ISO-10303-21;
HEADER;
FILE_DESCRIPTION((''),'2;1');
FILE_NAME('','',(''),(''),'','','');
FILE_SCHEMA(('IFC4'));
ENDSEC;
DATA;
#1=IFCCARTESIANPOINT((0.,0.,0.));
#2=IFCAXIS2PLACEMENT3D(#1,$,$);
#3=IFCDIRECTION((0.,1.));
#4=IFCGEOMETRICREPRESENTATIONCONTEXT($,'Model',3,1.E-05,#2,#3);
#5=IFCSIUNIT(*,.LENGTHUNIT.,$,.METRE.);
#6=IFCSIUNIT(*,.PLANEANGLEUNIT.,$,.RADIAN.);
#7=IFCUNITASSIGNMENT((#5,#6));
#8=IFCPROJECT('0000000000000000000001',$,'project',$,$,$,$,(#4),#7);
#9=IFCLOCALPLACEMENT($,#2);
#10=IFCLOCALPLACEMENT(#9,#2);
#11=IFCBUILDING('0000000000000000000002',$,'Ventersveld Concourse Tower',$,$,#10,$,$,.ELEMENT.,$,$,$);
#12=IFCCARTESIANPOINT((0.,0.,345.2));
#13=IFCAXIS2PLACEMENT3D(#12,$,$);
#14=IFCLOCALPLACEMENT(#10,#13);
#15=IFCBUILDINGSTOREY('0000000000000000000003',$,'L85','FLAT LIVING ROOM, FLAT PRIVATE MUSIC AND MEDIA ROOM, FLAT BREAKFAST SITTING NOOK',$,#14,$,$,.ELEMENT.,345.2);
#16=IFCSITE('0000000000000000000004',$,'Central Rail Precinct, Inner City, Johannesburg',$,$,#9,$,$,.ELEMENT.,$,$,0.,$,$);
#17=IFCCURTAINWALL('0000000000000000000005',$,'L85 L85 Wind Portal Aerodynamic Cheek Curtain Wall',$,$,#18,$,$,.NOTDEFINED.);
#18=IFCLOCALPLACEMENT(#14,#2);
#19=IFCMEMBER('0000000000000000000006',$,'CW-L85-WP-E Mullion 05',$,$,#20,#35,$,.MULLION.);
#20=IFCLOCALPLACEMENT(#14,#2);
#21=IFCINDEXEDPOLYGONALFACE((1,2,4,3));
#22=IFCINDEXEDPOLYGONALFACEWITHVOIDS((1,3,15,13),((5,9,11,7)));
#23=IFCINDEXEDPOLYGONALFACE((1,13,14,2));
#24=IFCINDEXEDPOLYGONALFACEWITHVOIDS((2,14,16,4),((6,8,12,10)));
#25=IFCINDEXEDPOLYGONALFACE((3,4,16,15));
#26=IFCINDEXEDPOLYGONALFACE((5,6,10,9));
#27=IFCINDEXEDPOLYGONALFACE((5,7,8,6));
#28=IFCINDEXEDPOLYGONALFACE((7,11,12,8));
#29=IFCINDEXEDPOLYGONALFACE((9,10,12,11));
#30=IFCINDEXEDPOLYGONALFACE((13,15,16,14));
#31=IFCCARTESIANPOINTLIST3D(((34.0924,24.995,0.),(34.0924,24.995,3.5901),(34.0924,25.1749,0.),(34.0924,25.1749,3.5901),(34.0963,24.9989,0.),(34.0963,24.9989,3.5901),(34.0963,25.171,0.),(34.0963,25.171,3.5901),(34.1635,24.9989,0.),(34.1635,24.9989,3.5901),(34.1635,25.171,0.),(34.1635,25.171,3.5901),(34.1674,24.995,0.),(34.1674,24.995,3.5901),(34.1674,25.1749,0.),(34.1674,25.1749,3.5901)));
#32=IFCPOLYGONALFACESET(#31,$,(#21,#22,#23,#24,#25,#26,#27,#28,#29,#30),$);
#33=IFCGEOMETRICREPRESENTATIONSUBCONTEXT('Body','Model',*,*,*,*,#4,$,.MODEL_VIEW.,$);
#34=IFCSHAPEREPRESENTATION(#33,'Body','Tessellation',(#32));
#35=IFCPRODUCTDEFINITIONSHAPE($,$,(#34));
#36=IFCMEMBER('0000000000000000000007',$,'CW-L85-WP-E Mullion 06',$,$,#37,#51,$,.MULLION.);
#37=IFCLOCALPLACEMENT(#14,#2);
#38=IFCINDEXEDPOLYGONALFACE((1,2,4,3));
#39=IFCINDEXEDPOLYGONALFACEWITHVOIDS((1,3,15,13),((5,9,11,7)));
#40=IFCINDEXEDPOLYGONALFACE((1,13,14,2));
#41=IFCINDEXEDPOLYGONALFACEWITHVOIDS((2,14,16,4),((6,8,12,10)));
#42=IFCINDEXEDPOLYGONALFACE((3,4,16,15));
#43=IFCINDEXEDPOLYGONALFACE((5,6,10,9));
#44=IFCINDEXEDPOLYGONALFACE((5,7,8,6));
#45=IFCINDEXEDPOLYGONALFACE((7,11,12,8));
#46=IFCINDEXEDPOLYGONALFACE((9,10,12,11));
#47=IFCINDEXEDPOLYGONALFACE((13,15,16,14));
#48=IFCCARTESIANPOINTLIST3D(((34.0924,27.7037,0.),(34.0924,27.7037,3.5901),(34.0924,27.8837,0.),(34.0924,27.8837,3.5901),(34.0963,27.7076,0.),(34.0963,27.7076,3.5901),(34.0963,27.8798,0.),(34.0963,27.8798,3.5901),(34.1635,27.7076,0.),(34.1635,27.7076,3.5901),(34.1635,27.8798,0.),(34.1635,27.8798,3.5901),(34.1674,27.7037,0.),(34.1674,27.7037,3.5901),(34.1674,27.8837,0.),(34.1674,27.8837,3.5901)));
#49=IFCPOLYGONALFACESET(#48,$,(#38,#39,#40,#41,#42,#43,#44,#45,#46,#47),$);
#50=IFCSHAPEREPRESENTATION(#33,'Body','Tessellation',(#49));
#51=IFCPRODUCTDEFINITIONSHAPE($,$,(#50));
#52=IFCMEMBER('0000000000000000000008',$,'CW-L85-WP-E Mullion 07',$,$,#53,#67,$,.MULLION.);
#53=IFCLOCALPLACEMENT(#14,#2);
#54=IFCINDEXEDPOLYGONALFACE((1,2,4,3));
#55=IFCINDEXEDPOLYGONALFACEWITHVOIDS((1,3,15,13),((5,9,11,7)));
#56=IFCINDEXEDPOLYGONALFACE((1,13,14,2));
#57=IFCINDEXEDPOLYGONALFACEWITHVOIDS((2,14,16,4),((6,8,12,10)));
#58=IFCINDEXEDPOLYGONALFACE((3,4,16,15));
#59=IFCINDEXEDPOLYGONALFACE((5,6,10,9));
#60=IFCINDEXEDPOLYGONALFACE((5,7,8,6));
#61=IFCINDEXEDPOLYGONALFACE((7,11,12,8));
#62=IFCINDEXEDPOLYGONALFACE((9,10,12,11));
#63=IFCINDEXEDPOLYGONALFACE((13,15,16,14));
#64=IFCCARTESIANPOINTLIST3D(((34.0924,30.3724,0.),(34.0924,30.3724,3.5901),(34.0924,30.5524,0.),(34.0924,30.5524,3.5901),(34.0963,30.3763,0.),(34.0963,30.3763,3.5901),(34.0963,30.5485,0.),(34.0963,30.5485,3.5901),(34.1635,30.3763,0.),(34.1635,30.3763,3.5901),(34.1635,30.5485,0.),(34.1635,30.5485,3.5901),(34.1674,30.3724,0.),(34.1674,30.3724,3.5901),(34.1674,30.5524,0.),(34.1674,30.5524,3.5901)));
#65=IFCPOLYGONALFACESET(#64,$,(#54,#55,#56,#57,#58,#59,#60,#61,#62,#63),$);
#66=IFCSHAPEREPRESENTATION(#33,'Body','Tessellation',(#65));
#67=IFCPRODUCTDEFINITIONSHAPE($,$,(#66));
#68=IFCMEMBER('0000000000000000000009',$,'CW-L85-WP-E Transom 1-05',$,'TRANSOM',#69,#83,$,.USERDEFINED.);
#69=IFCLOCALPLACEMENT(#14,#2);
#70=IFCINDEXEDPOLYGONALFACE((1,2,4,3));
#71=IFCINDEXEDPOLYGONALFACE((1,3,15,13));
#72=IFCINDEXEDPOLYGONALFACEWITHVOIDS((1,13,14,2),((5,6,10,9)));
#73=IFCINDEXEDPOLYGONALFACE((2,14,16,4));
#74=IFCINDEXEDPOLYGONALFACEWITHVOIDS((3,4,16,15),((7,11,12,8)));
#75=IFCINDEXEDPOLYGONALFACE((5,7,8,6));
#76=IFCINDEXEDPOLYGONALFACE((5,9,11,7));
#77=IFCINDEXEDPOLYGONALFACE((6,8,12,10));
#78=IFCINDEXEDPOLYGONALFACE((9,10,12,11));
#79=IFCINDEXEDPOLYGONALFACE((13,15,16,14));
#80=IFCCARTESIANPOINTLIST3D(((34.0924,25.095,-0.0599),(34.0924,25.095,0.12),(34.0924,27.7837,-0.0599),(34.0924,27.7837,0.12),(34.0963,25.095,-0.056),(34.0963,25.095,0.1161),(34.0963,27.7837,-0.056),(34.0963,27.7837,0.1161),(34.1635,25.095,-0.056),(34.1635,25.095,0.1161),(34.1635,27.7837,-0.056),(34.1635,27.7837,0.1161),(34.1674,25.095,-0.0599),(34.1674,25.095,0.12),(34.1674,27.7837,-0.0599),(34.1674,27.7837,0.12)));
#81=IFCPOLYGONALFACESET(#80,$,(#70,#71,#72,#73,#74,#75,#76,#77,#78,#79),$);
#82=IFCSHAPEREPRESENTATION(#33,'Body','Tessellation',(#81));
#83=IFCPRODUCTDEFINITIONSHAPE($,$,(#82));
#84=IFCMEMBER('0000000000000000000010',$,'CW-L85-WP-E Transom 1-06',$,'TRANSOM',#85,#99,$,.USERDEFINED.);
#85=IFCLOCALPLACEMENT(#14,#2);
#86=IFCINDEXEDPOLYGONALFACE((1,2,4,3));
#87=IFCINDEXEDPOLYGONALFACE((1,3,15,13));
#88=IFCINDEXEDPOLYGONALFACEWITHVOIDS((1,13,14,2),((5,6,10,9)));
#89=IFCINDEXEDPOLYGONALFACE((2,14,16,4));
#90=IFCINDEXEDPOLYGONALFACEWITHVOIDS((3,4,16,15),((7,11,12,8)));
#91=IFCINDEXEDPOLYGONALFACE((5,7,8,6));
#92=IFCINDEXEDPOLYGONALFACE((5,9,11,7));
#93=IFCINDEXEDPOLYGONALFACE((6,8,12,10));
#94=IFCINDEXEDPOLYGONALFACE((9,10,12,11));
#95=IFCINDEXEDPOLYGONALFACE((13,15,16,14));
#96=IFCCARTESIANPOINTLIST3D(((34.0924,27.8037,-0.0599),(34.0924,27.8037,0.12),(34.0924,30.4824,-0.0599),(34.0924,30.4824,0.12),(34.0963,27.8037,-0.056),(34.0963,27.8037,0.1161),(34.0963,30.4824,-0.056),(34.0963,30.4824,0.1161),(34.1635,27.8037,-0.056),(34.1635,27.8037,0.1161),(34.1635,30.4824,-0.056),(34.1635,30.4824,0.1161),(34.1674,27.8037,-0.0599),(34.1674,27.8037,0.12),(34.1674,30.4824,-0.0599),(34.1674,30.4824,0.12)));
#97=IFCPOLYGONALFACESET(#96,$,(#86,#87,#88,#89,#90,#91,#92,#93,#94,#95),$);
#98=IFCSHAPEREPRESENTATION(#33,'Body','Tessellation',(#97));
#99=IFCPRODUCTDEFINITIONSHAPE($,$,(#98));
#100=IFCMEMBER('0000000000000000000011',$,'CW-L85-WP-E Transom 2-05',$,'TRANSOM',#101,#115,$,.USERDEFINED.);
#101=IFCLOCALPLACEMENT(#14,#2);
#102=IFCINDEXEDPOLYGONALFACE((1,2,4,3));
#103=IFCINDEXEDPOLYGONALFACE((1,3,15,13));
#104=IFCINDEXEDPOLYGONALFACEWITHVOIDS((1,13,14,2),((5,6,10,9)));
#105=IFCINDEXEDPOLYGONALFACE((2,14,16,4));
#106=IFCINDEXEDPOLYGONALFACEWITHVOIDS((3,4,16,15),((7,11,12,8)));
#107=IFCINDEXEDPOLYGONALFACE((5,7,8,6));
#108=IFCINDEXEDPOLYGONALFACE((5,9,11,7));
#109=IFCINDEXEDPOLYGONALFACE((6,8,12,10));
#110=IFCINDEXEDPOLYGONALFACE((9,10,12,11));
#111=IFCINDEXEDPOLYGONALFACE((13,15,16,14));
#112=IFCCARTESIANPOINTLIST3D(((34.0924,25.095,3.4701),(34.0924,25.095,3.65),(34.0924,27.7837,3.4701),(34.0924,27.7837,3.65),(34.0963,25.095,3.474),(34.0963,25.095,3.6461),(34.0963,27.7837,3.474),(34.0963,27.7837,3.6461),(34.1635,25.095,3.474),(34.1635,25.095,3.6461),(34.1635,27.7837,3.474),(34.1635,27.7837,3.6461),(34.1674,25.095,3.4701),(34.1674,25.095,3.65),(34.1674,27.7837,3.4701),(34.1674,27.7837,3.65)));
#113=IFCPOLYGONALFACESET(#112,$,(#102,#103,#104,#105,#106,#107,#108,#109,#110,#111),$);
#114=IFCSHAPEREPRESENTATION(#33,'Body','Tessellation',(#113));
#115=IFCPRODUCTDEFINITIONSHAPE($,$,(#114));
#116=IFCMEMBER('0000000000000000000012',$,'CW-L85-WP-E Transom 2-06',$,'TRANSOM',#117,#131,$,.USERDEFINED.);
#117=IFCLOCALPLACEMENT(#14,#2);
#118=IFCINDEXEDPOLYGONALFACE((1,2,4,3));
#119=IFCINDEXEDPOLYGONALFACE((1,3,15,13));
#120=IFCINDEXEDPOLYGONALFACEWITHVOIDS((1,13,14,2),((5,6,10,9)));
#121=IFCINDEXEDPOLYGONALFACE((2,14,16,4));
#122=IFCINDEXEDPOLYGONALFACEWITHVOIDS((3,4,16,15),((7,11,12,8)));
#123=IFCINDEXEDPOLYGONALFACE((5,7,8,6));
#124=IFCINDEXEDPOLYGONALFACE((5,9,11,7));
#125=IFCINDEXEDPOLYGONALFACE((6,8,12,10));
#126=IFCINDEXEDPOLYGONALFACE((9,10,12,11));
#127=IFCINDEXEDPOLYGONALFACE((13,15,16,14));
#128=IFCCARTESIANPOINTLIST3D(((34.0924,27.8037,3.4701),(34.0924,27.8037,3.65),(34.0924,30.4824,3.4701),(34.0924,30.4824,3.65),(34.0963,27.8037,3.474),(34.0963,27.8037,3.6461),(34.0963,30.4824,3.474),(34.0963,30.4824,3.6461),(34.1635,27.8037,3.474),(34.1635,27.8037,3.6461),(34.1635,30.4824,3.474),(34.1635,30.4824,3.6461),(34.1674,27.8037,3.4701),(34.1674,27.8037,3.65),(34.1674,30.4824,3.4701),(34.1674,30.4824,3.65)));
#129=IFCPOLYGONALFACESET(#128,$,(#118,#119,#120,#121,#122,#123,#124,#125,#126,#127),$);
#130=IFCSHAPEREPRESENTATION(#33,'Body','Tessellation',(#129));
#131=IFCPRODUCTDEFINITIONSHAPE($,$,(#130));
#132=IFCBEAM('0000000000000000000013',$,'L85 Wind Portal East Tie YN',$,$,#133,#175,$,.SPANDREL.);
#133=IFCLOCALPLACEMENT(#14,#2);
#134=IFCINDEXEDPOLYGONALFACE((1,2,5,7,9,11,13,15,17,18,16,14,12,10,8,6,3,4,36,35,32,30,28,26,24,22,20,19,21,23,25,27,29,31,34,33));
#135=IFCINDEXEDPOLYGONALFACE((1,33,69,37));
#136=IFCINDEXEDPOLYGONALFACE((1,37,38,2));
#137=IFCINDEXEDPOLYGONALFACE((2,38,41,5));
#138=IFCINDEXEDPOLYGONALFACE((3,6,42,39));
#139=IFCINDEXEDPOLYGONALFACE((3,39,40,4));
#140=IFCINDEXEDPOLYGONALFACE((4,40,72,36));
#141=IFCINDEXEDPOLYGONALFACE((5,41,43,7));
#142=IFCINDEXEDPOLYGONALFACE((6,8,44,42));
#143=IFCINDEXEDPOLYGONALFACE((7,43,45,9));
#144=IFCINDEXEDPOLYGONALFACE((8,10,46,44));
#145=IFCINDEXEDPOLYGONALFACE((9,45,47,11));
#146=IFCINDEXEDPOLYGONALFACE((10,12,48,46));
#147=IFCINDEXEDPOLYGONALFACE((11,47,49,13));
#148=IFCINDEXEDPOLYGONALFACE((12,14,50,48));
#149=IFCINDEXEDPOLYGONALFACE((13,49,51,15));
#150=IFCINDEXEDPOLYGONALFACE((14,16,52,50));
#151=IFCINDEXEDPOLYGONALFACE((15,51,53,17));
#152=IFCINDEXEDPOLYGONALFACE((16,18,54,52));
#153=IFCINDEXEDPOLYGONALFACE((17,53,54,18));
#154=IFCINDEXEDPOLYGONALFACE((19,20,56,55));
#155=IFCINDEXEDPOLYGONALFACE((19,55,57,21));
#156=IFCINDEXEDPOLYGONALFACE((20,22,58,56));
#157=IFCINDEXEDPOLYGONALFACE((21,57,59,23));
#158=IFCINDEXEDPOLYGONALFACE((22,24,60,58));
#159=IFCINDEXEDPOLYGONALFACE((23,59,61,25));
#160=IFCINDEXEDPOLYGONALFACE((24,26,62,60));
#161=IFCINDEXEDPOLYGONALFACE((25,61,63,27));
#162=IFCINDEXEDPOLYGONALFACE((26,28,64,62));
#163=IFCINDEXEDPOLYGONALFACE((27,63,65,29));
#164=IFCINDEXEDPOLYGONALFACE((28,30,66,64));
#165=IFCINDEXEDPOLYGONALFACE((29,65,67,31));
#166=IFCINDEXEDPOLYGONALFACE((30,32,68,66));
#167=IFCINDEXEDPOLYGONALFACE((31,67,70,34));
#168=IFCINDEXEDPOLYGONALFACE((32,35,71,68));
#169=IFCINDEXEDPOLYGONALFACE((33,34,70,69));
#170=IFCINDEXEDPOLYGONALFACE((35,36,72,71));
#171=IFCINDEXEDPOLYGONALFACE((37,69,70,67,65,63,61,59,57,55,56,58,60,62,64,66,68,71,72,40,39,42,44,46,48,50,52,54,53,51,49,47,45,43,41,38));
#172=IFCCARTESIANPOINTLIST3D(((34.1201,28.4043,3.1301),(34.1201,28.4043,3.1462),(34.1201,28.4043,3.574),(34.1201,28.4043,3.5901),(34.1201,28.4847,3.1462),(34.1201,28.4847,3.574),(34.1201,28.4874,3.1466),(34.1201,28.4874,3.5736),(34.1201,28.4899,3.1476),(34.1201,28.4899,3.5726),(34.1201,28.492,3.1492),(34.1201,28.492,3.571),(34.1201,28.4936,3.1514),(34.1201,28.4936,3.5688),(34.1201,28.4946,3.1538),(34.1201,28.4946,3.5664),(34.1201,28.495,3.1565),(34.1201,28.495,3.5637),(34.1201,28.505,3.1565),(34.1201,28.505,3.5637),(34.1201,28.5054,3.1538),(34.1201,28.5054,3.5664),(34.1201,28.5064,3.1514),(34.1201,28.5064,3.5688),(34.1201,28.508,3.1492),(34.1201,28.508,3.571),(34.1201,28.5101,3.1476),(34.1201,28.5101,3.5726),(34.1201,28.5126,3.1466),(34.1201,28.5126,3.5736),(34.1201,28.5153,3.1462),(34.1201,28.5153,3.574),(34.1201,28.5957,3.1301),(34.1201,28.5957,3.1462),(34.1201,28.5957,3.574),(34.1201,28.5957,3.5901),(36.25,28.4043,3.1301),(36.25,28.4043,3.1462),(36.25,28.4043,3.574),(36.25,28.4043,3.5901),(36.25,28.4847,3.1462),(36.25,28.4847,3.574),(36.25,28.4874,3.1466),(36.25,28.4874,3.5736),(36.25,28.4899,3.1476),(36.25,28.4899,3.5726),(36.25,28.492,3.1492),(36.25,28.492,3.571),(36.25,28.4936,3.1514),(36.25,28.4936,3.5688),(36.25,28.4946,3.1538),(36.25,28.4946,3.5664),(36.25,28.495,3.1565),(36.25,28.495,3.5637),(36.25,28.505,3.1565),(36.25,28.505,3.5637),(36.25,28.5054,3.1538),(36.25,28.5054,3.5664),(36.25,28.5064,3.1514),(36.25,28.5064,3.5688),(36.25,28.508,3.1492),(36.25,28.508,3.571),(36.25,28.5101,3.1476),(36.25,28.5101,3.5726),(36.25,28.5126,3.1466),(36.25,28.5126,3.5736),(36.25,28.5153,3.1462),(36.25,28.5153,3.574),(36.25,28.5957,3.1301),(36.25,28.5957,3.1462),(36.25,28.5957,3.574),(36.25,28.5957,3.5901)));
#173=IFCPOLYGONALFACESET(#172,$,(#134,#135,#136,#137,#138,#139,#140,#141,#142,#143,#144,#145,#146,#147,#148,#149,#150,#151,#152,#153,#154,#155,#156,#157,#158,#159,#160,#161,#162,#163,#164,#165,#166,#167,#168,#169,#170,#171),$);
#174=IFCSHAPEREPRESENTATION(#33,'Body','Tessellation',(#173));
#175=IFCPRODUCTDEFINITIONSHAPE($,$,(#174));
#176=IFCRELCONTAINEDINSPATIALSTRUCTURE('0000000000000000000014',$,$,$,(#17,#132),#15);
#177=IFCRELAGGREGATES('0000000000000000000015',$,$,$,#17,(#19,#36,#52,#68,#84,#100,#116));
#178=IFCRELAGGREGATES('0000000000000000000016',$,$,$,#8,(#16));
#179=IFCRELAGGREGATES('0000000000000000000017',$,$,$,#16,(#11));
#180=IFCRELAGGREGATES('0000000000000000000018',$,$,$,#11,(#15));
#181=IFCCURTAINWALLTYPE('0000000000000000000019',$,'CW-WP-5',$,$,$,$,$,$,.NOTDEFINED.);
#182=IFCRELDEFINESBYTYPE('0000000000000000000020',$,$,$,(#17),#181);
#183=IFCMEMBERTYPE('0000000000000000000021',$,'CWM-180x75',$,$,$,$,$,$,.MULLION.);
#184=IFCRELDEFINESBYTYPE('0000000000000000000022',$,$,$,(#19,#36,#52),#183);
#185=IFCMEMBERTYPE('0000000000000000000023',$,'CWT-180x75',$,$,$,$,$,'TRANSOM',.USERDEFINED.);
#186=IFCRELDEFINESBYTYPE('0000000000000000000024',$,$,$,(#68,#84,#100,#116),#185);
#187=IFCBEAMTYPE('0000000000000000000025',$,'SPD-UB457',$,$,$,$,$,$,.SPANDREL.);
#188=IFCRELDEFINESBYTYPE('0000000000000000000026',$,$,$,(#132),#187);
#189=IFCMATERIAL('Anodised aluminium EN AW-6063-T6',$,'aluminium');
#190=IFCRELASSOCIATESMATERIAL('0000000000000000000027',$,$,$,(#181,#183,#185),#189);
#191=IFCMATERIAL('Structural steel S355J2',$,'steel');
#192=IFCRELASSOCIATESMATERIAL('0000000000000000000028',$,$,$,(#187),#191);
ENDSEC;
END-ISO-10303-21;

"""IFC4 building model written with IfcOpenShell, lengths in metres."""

from ifc_helpers import new_model, si_unit, direction, frame, origin, origin_2d, place, context, subcontext, project, spatial, hollow_rectangle, i_section, extrude, material, material_profile, profile_set, type_object, element, aggregate, save


model = new_model("IFC4")

# Units and contexts
model_context = context("Model", 3, precision=1e-05, world=origin(), true_north=direction((0.0, 1.0)))
body_context = subcontext(model_context, "Body", "Model", "MODEL_VIEW")
ifc_project = project(units=[si_unit("LENGTHUNIT", "METRE"), si_unit("PLANEANGLEUNIT", "RADIAN")], contexts=[model_context])

# Site, building, storey
site_placement = place(None, origin())
site = spatial("IfcSite", under=ifc_project, at=site_placement, Name="Central Rail Precinct, Inner City, Johannesburg", CompositionType="ELEMENT", RefElevation=0.0)
building_placement = place(site_placement, origin())
building = spatial("IfcBuilding", under=site, at=building_placement, Name="Ventersveld Concourse Tower", CompositionType="ELEMENT")
storey_placement = place(building_placement, frame((0.0, 0.0, 345.2)))
storey = spatial("IfcBuildingStorey", under=building, at=storey_placement, Name="L85", Description="FLAT LIVING ROOM, FLAT PRIVATE MUSIC AND MEDIA ROOM, FLAT BREAKFAST SITTING NOOK", CompositionType="ELEMENT", Elevation=345.2)

# Curtain wall, members
ifc_material_1 = material(Name="Anodised aluminium EN AW-6063-T6", Category="aluminium")
curtain_wall_type = type_object("IfcCurtainWallType", Name="CW-WP-5", PredefinedType="NOTDEFINED", material=ifc_material_1)
curtain_wall_placement = place(storey_placement, origin())
curtain_wall = element("IfcCurtainWall", 1, at=curtain_wall_placement, inside=storey, type_object=curtain_wall_type, Name="L85 L85 Wind Portal Aerodynamic Cheek Curtain Wall", PredefinedType="NOTDEFINED")
ifc_material_profile_1 = material_profile(ifc_material_1, hollow_rectangle(XDim=0.075, YDim=0.1799, WallThickness=0.0039, at=origin_2d()), Name="ALU 180x75x4")
ifc_profile_set_1 = profile_set([ifc_material_profile_1], Name="Anodised aluminium EN AW-6063-T6")
member_type_1 = type_object("IfcMemberType", Name="CWM-180x75", PredefinedType="MULLION", material=ifc_profile_set_1)
member_1_placement = place(storey_placement, frame((34.1299, 25.085, 0.0), z_axis=(0.0, 0.0, 1.0), x_axis=(1.0, 0.0, 0.0)))
member_1 = element("IfcMember", 2, at=member_1_placement, type_object=member_type_1, Name="CW-L85-WP-E Mullion 05", PredefinedType="MULLION", context=body_context, shape_type="SweptSolid", body=[
    extrude(hollow_rectangle(XDim=0.075, YDim=0.1799, WallThickness=0.0039, at=origin_2d()), origin(), (0.0, 0.0, 1.0), 3.5901),
])
member_2_placement = place(storey_placement, frame((34.1299, 27.7937, 0.0), z_axis=(0.0, 0.0, 1.0), x_axis=(1.0, 0.0, 0.0)))
member_2 = element("IfcMember", 3, at=member_2_placement, type_object=member_type_1, Name="CW-L85-WP-E Mullion 06", PredefinedType="MULLION", context=body_context, shape_type="SweptSolid", body=[
    extrude(hollow_rectangle(XDim=0.075, YDim=0.1799, WallThickness=0.0039, at=origin_2d()), origin(), (0.0, 0.0, 1.0), 3.5901),
])
member_3_placement = place(storey_placement, frame((34.1299, 30.4624, 0.0), z_axis=(0.0, 0.0, 1.0), x_axis=(1.0, 0.0, 0.0)))
member_3 = element("IfcMember", 4, at=member_3_placement, type_object=member_type_1, Name="CW-L85-WP-E Mullion 07", PredefinedType="MULLION", context=body_context, shape_type="SweptSolid", body=[
    extrude(hollow_rectangle(XDim=0.075, YDim=0.1799, WallThickness=0.0039, at=origin_2d()), origin(), (0.0, 0.0, 1.0), 3.5901),
])
ifc_material_profile_2 = material_profile(ifc_material_1, hollow_rectangle(XDim=0.075, YDim=0.1799, WallThickness=0.0039, at=origin_2d()), Name="ALU 180x75x4")
ifc_profile_set_2 = profile_set([ifc_material_profile_2], Name="Anodised aluminium EN AW-6063-T6")
member_type_2 = type_object("IfcMemberType", Name="CWT-180x75", ElementType="TRANSOM", PredefinedType="USERDEFINED", material=ifc_profile_set_2)
member_4_placement = place(storey_placement, frame((34.1299, 25.095, 0.03), z_axis=(0.0, 1.0, 0.0), x_axis=(-1.0, 0.0, 0.0)))
member_4 = element("IfcMember", 5, at=member_4_placement, type_object=member_type_2, Name="CW-L85-WP-E Transom 1-05", ObjectType="TRANSOM", PredefinedType="USERDEFINED", context=body_context, shape_type="SweptSolid", body=[
    extrude(hollow_rectangle(XDim=0.075, YDim=0.1799, WallThickness=0.0039, at=origin_2d()), origin(), (0.0, 0.0, 1.0), 2.6887),
])
member_5_placement = place(storey_placement, frame((34.1299, 27.8037, 0.03), z_axis=(0.0, 1.0, 0.0), x_axis=(-1.0, 0.0, 0.0)))
member_5 = element("IfcMember", 6, at=member_5_placement, type_object=member_type_2, Name="CW-L85-WP-E Transom 1-06", ObjectType="TRANSOM", PredefinedType="USERDEFINED", context=body_context, shape_type="SweptSolid", body=[
    extrude(hollow_rectangle(XDim=0.075, YDim=0.1799, WallThickness=0.0039, at=origin_2d()), origin(), (0.0, 0.0, 1.0), 2.6787),
])
member_6_placement = place(storey_placement, frame((34.1299, 25.095, 3.5601), z_axis=(0.0, 1.0, 0.0), x_axis=(-1.0, 0.0, 0.0)))
member_6 = element("IfcMember", 7, at=member_6_placement, type_object=member_type_2, Name="CW-L85-WP-E Transom 2-05", ObjectType="TRANSOM", PredefinedType="USERDEFINED", context=body_context, shape_type="SweptSolid", body=[
    extrude(hollow_rectangle(XDim=0.075, YDim=0.1799, WallThickness=0.0039, at=origin_2d()), origin(), (0.0, 0.0, 1.0), 2.6887),
])
member_7_placement = place(storey_placement, frame((34.1299, 27.8037, 3.5601), z_axis=(0.0, 1.0, 0.0), x_axis=(-1.0, 0.0, 0.0)))
member_7 = element("IfcMember", 8, at=member_7_placement, type_object=member_type_2, Name="CW-L85-WP-E Transom 2-06", ObjectType="TRANSOM", PredefinedType="USERDEFINED", context=body_context, shape_type="SweptSolid", body=[
    extrude(hollow_rectangle(XDim=0.075, YDim=0.1799, WallThickness=0.0039, at=origin_2d()), origin(), (0.0, 0.0, 1.0), 2.6787),
])

# Beam
ifc_material_2 = material(Name="Structural steel S355J2", Category="steel")
ifc_material_profile_3 = material_profile(ifc_material_2, i_section(OverallWidth=0.1914, OverallDepth=0.46, WebThickness=0.01, FlangeThickness=0.0161, FilletRadius=0.0103, at=origin_2d()), Name="UB 457x191x82")
ifc_profile_set_3 = profile_set([ifc_material_profile_3], Name="Structural steel S355J2")
beam_type = type_object("IfcBeamType", Name="SPD-UB457", PredefinedType="SPANDREL", material=ifc_profile_set_3)
beam_placement = place(storey_placement, frame((34.1201, 28.5, 3.3601), z_axis=(1.0, 0.0, 0.0), x_axis=(0.0, 1.0, 0.0)))
element("IfcBeam", 9, at=beam_placement, inside=storey, type_object=beam_type, Name="L85 Wind Portal East Tie YN", PredefinedType="SPANDREL", context=body_context, shape_type="SweptSolid", body=[
    extrude(i_section(OverallWidth=0.1914, OverallDepth=0.46, WebThickness=0.01, FlangeThickness=0.0161, FilletRadius=0.0103, at=origin_2d()), origin(), (0.0, 0.0, 1.0), 2.1299),
])

aggregate(curtain_wall, [member_1, member_2, member_3, member_4, member_5, member_6, member_7])

save(model, "model.ifc")
